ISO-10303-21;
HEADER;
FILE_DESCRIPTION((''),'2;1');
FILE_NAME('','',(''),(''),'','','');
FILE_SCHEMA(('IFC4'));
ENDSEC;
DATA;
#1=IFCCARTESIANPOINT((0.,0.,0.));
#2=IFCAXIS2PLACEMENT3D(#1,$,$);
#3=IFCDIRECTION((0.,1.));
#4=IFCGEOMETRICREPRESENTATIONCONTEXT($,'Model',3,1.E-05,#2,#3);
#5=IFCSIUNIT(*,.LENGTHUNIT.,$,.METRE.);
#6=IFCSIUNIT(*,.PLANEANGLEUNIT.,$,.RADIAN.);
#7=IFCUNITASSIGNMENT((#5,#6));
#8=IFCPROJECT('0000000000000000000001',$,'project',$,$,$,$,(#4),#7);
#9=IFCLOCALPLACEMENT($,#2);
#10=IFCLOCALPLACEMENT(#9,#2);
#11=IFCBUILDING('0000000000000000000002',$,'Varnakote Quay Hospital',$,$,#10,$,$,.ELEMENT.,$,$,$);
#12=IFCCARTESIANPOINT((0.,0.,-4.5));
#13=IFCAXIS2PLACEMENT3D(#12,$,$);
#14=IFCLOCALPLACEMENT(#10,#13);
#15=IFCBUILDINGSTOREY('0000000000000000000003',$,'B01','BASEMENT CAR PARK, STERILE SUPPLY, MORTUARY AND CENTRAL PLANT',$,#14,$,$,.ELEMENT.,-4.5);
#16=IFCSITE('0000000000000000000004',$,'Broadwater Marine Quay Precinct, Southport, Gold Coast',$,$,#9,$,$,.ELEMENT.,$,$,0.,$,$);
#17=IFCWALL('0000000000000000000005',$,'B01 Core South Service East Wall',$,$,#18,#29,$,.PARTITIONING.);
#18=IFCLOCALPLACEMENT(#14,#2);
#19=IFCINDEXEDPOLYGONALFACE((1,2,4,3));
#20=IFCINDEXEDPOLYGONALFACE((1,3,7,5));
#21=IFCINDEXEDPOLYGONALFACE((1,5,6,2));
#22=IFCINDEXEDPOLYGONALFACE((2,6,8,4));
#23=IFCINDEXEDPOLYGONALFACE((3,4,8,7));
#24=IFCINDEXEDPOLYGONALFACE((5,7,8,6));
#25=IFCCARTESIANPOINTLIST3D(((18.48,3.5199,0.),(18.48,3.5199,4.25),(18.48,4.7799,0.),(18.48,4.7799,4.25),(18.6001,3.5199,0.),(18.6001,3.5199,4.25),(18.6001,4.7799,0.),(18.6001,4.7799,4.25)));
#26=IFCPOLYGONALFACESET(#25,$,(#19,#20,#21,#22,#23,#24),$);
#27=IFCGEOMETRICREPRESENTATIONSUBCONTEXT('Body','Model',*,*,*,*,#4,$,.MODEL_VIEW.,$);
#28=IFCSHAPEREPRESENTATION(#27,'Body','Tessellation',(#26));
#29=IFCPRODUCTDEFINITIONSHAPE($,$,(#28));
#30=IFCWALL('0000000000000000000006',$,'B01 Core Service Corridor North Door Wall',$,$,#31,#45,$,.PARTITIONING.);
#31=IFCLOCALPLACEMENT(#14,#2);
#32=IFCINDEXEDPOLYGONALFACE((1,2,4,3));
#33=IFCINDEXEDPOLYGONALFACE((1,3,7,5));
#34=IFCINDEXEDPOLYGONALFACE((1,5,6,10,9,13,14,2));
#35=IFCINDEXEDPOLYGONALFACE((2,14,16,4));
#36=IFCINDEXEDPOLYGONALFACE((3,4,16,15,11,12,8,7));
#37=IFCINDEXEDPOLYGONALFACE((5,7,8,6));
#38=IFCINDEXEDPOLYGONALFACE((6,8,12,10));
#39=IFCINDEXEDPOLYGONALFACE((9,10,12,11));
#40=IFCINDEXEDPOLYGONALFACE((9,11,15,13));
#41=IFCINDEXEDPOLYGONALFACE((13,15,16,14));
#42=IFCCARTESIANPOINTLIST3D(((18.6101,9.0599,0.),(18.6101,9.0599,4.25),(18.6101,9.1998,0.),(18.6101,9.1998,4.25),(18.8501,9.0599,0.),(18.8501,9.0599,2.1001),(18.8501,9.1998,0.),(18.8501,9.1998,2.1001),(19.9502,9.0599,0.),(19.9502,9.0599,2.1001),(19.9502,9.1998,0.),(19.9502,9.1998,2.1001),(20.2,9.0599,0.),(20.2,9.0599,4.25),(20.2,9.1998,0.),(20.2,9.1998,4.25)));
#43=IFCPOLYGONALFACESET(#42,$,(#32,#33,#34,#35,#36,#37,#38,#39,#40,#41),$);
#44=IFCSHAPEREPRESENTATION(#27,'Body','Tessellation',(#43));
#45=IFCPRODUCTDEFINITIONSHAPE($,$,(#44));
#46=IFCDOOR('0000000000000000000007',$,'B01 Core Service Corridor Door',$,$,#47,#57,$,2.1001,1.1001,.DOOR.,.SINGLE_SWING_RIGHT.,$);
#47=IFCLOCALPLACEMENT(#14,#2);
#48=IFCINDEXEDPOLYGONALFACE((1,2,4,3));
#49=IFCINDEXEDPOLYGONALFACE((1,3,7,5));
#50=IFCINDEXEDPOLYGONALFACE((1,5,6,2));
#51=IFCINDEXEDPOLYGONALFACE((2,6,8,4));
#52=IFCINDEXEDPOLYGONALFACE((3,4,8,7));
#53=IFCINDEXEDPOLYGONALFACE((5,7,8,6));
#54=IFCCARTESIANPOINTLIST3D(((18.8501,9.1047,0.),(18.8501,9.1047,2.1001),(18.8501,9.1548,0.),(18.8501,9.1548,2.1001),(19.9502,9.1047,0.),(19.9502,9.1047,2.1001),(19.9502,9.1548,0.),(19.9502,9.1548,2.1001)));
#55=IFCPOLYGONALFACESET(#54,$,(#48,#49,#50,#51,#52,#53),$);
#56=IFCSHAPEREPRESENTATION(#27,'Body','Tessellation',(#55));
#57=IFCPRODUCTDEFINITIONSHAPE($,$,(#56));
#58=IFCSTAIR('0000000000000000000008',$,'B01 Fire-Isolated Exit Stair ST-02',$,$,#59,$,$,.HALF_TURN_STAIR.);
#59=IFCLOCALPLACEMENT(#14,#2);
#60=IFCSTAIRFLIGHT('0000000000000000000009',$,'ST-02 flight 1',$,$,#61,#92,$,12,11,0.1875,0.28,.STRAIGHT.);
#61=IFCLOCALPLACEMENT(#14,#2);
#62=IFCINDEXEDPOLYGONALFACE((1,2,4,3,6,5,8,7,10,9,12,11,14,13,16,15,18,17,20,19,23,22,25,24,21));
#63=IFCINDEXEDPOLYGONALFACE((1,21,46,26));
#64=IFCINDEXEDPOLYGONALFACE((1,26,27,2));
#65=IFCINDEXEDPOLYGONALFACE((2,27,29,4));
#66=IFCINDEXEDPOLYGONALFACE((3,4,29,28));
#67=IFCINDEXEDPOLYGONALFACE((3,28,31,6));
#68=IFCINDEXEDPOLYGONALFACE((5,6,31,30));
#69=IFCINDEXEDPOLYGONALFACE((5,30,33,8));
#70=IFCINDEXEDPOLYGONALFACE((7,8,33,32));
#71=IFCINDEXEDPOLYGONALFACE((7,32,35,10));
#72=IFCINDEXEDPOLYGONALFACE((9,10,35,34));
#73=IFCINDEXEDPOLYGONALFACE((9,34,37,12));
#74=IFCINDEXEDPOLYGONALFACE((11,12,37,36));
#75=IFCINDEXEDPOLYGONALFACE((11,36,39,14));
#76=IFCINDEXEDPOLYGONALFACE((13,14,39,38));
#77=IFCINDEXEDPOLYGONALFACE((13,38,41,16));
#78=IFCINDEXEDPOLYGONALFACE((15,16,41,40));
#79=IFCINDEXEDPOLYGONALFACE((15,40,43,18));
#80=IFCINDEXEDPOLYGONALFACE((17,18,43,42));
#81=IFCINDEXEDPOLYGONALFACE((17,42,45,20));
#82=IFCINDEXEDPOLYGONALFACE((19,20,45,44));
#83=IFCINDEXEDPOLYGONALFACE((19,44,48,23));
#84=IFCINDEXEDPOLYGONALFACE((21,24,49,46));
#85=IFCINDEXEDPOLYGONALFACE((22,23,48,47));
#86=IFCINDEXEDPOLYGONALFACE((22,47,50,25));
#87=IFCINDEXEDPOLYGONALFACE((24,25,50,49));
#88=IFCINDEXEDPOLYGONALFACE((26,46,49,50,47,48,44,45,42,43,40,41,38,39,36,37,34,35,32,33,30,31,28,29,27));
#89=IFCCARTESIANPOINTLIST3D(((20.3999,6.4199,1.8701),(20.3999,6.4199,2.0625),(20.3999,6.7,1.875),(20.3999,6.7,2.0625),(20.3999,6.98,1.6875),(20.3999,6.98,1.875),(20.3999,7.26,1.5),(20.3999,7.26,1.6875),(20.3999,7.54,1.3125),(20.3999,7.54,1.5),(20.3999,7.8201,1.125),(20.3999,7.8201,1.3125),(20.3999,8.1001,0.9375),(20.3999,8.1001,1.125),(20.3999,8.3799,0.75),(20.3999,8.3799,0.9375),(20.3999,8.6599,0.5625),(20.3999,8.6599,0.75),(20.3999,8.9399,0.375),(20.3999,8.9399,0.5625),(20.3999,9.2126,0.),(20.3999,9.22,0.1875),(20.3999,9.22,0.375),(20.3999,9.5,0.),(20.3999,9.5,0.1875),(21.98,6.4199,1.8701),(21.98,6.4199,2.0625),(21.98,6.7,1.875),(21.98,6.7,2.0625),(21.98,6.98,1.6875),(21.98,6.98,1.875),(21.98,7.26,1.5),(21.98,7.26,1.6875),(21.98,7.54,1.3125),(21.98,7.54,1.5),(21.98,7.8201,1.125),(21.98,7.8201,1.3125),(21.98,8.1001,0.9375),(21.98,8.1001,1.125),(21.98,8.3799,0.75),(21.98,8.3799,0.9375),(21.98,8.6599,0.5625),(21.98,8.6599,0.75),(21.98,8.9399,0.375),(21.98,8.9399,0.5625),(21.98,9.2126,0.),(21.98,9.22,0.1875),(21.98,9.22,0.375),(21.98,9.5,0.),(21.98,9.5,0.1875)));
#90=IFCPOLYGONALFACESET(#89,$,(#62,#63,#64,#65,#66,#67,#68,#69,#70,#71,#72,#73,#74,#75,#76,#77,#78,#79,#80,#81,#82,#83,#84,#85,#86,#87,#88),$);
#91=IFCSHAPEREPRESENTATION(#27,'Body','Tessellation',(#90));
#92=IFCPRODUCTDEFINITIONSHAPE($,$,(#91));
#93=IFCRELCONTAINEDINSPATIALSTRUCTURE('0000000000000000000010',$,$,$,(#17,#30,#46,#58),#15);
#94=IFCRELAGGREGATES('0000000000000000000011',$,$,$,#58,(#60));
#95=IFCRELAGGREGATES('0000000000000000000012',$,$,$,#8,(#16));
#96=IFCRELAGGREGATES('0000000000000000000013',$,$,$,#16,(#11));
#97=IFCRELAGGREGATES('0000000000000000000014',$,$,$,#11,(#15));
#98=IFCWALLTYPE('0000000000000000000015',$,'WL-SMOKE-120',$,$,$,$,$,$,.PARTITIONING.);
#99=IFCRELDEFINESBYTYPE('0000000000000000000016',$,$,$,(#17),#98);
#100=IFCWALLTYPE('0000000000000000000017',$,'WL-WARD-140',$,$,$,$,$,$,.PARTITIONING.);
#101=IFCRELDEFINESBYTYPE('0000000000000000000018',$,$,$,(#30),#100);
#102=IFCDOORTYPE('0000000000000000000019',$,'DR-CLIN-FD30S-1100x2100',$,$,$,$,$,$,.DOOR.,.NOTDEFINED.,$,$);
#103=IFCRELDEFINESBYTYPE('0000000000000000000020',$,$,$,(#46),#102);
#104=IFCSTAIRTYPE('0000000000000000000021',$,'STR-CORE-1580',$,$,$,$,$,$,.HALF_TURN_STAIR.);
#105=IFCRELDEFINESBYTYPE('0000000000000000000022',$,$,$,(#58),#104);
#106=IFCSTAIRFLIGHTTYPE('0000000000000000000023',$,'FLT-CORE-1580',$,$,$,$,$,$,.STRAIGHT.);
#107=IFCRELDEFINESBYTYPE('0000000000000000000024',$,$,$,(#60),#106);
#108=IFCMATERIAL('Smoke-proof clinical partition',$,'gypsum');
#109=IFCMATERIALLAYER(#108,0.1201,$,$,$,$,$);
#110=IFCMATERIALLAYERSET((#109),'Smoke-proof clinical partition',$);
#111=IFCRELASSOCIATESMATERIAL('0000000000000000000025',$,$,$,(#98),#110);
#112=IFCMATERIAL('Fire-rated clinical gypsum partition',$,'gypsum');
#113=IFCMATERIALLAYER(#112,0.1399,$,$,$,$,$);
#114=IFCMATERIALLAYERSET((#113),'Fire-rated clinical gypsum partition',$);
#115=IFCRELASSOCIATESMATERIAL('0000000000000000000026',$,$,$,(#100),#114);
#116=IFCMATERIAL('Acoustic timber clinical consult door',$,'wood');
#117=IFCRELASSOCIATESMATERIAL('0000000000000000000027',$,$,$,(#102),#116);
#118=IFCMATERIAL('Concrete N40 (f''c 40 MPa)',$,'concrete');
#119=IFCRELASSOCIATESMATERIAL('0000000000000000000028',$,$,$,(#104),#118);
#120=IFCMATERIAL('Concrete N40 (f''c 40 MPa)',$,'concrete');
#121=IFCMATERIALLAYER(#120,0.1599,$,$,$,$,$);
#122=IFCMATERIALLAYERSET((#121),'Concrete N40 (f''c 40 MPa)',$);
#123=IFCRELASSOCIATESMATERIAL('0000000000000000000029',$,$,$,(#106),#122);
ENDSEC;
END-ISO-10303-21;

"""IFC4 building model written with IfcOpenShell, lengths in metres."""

from ifc_helpers import new_model, si_unit, direction, frame, frame_2d, origin, place, context, subcontext, project, spatial, polyline, rectangle, outline, extrude, material, layer, layer_set, type_object, element, fill, aggregate, save


model = new_model("IFC4")

# Units and contexts
model_context = context("Model", 3, precision=1e-05, world=origin(), true_north=direction((0.0, 1.0)))
body_context = subcontext(model_context, "Body", "Model", "MODEL_VIEW")
ifc_project = project(units=[si_unit("LENGTHUNIT", "METRE"), si_unit("PLANEANGLEUNIT", "RADIAN")], contexts=[model_context])

# Site, building, storey
site_placement = place(None, origin())
site = spatial("IfcSite", under=ifc_project, at=site_placement, Name="Broadwater Marine Quay Precinct, Southport, Gold Coast", CompositionType="ELEMENT", RefElevation=0.0)
building_placement = place(site_placement, origin())
building = spatial("IfcBuilding", under=site, at=building_placement, Name="Varnakote Quay Hospital", CompositionType="ELEMENT")
storey_placement = place(building_placement, frame((0.0, 0.0, -4.5)))
storey = spatial("IfcBuildingStorey", under=building, at=storey_placement, Name="B01", Description="BASEMENT CAR PARK, STERILE SUPPLY, MORTUARY AND CENTRAL PLANT", CompositionType="ELEMENT", Elevation=-4.5)

# Wall
ifc_material_1 = material(Name="Smoke-proof clinical partition", Category="gypsum")
ifc_layer_1 = layer(ifc_material_1, 0.1201)
ifc_layer_set_1 = layer_set([ifc_layer_1], Name="Smoke-proof clinical partition")
wall_type_1 = type_object("IfcWallType", Name="WL-SMOKE-120", PredefinedType="PARTITIONING", material=ifc_layer_set_1)
wall_1_placement = place(storey_placement, frame((18.54, 3.52, 0.0), z_axis=(0.0, 0.0, 1.0), x_axis=(0.0, 1.0, 0.0)))
element("IfcWall", 1, at=wall_1_placement, inside=storey, type_object=wall_type_1, Name="B01 Core South Service East Wall", PredefinedType="PARTITIONING", context=body_context, shape_type="SweptSolid", body=[
    extrude(rectangle(XDim=1.26, YDim=0.1201, at=frame_2d((0.6299, 0.0))), origin(), (0.0, 0.0, 1.0), 4.25),
])

# Wall, opening, door
ifc_material_2 = material(Name="Fire-rated clinical gypsum partition", Category="gypsum")
ifc_layer_2 = layer(ifc_material_2, 0.1399)
ifc_layer_set_2 = layer_set([ifc_layer_2], Name="Fire-rated clinical gypsum partition")
wall_type_2 = type_object("IfcWallType", Name="WL-WARD-140", PredefinedType="PARTITIONING", material=ifc_layer_set_2)
wall_2_placement = place(storey_placement, frame((18.6101, 9.1299, 0.0), z_axis=(0.0, 0.0, 1.0), x_axis=(1.0, 0.0, 0.0)))
wall_2 = element("IfcWall", 2, at=wall_2_placement, inside=storey, type_object=wall_type_2, Name="B01 Core Service Corridor North Door Wall", PredefinedType="PARTITIONING", context=body_context, shape_type="SweptSolid", body=[
    extrude(rectangle(XDim=1.5898, YDim=0.1399, at=frame_2d((0.7949, 0.0))), origin(), (0.0, 0.0, 1.0), 4.25),
])
opening_1_placement = place(wall_2_placement, frame((0.24, 0.0, 0.0)))
opening_1 = element("IfcOpeningElement", 3, at=opening_1_placement, cuts=wall_2, PredefinedType="OPENING", context=body_context, shape_type="SweptSolid", body=[
    extrude(rectangle(XDim=1.1001, YDim=2.1001, at=frame_2d((0.55, 1.05))), frame((0.0, 0.0798, 0.0), z_axis=(0.0, -1.0, 0.0), x_axis=(1.0, 0.0, 0.0)), (0.0, 0.0, 1.0), 0.1599),
])
ifc_material_3 = material(Name="Acoustic timber clinical consult door", Category="wood")
door_type_1 = type_object("IfcDoorType", Name="DR-CLIN-FD30S-1100x2100", OperationType="NOTDEFINED", PredefinedType="DOOR", material=ifc_material_3)
door_1_placement = place(opening_1_placement, origin())
door_1 = element("IfcDoor", 4, at=door_1_placement, inside=storey, type_object=door_type_1, Name="B01 Core Service Corridor Door", OperationType="SINGLE_SWING_RIGHT", OverallHeight=2.1001, OverallWidth=1.1001, PredefinedType="DOOR", context=body_context, shape_type="SweptSolid", body=[
    extrude(rectangle(XDim=1.1001, YDim=2.1001, at=frame_2d((0.55, 1.05))), frame((0.0, 0.0249, 0.0), z_axis=(0.0, -1.0, 0.0), x_axis=(1.0, 0.0, 0.0)), (0.0, 0.0, 1.0), 0.05),
])
fill(opening_1, door_1)

# Stair, stair flight
ifc_material_4 = material(Name="Concrete N40 (f'c 40 MPa)", Category="concrete")
stair_type = type_object("IfcStairType", Name="STR-CORE-1580", PredefinedType="HALF_TURN_STAIR", material=ifc_material_4)
stair_placement = place(storey_placement, origin())
stair = element("IfcStair", 5, at=stair_placement, inside=storey, type_object=stair_type, Name="B01 Fire-Isolated Exit Stair ST-02", PredefinedType="HALF_TURN_STAIR")
ifc_material_5 = material(Name="Concrete N40 (f'c 40 MPa)", Category="concrete")
ifc_layer_3 = layer(ifc_material_5, 0.1599)
ifc_layer_set_3 = layer_set([ifc_layer_3], Name="Concrete N40 (f'c 40 MPa)")
stair_flight_type = type_object("IfcStairFlightType", Name="FLT-CORE-1580", PredefinedType="STRAIGHT", material=ifc_layer_set_3)
stair_flight_placement = place(storey_placement, frame((21.1899, 9.5, 0.0), z_axis=(0.0, 0.0, 1.0), x_axis=(0.0, -1.0, 0.0)))
stair_flight = element("IfcStairFlight", 6, at=stair_flight_placement, type_object=stair_flight_type, Name="ST-02 flight 1", NumberOfRisers=12, NumberOfTreads=11, PredefinedType="STRAIGHT", RiserHeight=0.1875, TreadLength=0.28, context=body_context, shape_type="SweptSolid", body=[
    extrude(outline(polyline([(0.0, 0.0), (0.0, 0.1875), (0.28, 0.1875), (0.28, 0.375), (0.5601, 0.375), (0.5601, 0.5625), (0.8401, 0.5625), (0.8401, 0.75), (1.1201, 0.75), (1.1201, 0.9375), (1.3999, 0.9375), (1.3999, 1.125), (1.6799, 1.125), (1.6799, 1.3125), (1.96, 1.3125), (1.96, 1.5), (2.24, 1.5), (2.24, 1.6875), (2.52, 1.6875), (2.52, 1.875), (2.8, 1.875), (2.8, 2.0625), (3.0801, 2.0625), (3.0801, 2.25), (3.0801, 1.8701), (0.2874, 0.0), (0.0, 0.0)])), frame((0.0, 0.79, 0.0), z_axis=(0.0, -1.0, 0.0), x_axis=(1.0, 0.0, 0.0)), (0.0, 0.0, 1.0), 1.5801),
])
aggregate(stair, [stair_flight])

save(model, "model.ifc")
